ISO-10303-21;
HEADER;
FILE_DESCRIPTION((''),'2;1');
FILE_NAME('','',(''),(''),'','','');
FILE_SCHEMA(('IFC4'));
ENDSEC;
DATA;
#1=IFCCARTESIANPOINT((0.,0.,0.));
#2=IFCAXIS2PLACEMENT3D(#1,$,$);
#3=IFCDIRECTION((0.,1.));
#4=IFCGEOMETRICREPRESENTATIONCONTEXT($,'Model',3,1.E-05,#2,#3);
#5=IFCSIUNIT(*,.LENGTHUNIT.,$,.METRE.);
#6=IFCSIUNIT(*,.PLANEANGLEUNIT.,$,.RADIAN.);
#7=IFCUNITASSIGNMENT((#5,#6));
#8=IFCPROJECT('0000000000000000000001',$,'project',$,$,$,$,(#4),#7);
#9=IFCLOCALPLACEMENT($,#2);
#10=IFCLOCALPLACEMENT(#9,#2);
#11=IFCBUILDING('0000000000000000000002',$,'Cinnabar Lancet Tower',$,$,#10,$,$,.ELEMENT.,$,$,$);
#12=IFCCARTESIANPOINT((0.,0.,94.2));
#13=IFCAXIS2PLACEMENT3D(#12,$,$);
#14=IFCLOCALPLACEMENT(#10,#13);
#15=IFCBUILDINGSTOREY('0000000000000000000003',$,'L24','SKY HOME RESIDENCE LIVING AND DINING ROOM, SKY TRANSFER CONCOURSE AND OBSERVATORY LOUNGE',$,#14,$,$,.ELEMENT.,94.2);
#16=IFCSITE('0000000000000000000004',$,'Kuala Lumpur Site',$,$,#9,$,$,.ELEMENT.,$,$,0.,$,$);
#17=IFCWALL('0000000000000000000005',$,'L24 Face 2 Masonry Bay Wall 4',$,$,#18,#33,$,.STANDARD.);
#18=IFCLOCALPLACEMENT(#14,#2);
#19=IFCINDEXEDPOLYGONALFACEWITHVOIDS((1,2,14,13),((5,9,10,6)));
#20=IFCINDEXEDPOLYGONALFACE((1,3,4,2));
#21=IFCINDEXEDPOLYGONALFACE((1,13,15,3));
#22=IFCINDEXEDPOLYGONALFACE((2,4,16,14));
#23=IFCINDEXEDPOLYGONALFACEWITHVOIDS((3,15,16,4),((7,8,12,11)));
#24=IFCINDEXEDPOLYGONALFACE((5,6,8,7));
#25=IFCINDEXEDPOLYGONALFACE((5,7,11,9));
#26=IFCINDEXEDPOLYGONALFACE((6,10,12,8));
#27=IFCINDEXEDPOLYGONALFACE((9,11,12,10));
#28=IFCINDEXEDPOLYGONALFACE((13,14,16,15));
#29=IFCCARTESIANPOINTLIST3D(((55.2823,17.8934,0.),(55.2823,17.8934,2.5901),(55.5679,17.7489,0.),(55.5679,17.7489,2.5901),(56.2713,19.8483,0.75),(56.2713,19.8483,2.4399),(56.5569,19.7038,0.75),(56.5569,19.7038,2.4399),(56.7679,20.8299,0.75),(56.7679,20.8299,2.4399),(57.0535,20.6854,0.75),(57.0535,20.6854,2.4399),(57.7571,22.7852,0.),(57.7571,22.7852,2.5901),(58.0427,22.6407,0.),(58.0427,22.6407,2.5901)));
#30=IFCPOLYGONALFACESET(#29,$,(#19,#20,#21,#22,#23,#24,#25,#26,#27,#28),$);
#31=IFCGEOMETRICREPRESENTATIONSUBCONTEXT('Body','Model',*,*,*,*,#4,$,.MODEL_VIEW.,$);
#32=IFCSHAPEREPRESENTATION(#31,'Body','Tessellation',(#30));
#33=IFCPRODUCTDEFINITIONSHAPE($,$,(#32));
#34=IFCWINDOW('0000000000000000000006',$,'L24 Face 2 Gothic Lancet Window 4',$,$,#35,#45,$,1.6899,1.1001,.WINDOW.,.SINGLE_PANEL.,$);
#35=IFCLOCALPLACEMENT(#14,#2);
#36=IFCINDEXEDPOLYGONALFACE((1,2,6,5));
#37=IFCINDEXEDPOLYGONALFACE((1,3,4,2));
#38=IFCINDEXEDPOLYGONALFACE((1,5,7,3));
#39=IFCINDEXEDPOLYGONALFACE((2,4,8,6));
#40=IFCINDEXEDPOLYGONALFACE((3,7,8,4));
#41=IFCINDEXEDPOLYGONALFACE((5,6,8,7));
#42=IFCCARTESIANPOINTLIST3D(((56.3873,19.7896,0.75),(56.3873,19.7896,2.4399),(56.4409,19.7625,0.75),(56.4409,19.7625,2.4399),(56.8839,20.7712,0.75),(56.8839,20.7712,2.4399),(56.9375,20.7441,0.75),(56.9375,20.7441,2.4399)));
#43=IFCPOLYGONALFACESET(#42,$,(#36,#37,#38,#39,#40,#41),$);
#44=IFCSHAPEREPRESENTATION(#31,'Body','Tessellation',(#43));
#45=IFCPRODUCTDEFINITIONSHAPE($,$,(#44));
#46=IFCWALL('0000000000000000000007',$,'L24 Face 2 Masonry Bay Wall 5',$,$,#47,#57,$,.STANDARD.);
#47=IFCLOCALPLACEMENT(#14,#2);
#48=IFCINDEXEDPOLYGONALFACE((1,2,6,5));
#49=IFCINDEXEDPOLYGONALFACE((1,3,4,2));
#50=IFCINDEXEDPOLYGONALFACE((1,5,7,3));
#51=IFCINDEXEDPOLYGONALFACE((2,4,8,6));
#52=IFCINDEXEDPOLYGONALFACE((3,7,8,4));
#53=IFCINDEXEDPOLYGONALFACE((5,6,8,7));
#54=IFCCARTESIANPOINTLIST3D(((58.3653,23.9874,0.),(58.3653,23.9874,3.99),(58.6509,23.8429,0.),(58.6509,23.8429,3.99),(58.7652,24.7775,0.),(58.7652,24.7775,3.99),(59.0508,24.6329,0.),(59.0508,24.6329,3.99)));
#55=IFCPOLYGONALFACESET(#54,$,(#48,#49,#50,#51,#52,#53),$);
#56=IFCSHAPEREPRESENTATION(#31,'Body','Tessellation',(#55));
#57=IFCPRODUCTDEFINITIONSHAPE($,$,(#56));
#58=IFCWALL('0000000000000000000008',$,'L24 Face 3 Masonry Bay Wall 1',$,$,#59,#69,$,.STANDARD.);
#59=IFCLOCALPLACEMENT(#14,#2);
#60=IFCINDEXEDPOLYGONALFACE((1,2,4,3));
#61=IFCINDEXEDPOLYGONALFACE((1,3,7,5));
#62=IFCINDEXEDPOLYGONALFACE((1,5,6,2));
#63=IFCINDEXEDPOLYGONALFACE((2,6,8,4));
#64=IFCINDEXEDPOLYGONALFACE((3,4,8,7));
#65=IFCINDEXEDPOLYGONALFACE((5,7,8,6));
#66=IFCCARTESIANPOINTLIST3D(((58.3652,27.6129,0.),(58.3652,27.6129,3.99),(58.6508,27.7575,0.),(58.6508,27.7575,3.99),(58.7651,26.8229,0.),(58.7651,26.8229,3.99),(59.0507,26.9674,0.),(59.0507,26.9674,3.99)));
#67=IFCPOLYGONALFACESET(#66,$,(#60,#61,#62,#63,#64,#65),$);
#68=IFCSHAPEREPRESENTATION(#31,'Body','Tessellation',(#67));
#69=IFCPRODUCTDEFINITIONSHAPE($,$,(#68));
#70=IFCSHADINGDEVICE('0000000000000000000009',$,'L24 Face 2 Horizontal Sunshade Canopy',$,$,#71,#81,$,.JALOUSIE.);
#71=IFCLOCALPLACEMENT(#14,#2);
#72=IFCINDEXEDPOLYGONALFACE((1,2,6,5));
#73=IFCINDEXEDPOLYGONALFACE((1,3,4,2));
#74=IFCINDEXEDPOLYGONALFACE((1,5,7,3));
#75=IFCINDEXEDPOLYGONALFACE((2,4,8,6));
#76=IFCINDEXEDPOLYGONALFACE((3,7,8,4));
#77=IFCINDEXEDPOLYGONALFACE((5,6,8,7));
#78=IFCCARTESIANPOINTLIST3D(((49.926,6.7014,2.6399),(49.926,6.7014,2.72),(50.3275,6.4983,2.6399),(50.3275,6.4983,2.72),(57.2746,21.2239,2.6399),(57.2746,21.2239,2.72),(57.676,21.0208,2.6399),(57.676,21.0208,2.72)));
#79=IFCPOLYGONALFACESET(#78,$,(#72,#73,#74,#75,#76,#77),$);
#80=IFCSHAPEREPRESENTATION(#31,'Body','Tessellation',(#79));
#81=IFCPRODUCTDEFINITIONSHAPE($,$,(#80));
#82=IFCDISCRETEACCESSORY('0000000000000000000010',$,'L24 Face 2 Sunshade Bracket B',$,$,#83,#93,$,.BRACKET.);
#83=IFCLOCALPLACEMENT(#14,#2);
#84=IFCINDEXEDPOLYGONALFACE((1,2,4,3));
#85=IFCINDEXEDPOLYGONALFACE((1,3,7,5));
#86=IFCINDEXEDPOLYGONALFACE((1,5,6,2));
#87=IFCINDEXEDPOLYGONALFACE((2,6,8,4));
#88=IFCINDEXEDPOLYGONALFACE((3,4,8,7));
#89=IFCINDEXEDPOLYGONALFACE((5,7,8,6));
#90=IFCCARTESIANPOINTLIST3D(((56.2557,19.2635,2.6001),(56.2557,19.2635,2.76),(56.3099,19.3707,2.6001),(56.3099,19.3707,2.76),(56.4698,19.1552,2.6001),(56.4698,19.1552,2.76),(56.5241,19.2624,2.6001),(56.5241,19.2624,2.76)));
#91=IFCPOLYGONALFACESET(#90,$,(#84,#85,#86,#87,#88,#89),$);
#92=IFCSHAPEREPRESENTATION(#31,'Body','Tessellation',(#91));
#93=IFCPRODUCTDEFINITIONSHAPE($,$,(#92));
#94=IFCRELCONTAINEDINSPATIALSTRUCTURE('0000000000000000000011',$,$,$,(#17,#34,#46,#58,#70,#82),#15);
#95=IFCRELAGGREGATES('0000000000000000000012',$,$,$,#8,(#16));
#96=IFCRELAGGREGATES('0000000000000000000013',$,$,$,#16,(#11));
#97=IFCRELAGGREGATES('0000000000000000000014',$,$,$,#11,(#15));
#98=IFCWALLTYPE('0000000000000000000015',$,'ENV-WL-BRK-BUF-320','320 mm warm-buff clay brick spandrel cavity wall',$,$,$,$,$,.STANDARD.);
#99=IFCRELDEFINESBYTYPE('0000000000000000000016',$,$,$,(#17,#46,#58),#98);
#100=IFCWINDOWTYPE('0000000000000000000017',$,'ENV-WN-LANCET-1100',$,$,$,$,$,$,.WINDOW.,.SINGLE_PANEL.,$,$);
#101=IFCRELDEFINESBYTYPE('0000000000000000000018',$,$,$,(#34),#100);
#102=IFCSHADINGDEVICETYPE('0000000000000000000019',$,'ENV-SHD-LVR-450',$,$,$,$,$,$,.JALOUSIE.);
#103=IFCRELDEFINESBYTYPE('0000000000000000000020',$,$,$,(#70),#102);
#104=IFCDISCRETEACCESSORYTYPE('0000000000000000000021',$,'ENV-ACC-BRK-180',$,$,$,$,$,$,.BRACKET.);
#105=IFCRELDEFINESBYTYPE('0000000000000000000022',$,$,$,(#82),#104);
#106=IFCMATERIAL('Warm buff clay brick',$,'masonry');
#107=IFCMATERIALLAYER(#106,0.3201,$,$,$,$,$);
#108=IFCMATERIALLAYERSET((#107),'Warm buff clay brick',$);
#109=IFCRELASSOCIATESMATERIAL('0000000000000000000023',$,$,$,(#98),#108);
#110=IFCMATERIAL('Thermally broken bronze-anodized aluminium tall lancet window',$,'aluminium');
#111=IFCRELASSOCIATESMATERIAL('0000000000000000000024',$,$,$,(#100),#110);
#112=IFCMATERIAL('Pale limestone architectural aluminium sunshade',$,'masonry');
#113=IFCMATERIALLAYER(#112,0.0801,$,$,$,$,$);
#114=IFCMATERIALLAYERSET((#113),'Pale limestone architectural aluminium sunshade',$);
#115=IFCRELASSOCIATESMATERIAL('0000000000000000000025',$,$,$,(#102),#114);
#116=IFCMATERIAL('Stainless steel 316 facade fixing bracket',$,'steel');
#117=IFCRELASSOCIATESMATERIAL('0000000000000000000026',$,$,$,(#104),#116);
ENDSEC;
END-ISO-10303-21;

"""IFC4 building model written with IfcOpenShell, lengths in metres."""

from ifc_helpers import new_model, si_unit, direction, frame, frame_2d, origin, origin_2d, place, context, subcontext, project, spatial, rectangle, extrude, material, layer, layer_set, type_object, element, fill, save


model = new_model("IFC4")

# Units and contexts
model_context = context("Model", 3, precision=1e-05, world=origin(), true_north=direction((0.0, 1.0)))
body_context = subcontext(model_context, "Body", "Model", "MODEL_VIEW")
ifc_project = project(units=[si_unit("LENGTHUNIT", "METRE"), si_unit("PLANEANGLEUNIT", "RADIAN")], contexts=[model_context])

# Site, building, storey
site_placement = place(None, origin())
site = spatial("IfcSite", under=ifc_project, at=site_placement, Name="Kuala Lumpur Site", CompositionType="ELEMENT", RefElevation=0.0)
building_placement = place(site_placement, origin())
building = spatial("IfcBuilding", under=site, at=building_placement, Name="Cinnabar Lancet Tower", CompositionType="ELEMENT")
storey_placement = place(building_placement, frame((0.0, 0.0, 94.2)))
storey = spatial("IfcBuildingStorey", under=building, at=storey_placement, Name="L24", Description="SKY HOME RESIDENCE LIVING AND DINING ROOM, SKY TRANSFER CONCOURSE AND OBSERVATORY LOUNGE", CompositionType="ELEMENT", Elevation=94.2)

# Shared definitions
ifc_material_1 = material(Name="Warm buff clay brick", Category="masonry")
ifc_layer_1 = layer(ifc_material_1, 0.3201)
ifc_layer_set_1 = layer_set([ifc_layer_1], Name="Warm buff clay brick")
wall_type_1 = type_object("IfcWallType", Name="ENV-WL-BRK-BUF-320", Description="320 mm warm-buff clay brick spandrel cavity wall", PredefinedType="STANDARD", material=ifc_layer_set_1)

# Wall, opening, window
wall_1_placement = place(storey_placement, frame((55.425, 17.821, 0.0), z_axis=(0.0, 0.0, 1.0), x_axis=(0.45143, 0.892306, 0.0)))
wall_1 = element("IfcWall", 1, at=wall_1_placement, inside=storey, type_object=wall_type_1, Name="L24 Face 2 Masonry Bay Wall 4", PredefinedType="STANDARD", context=body_context, shape_type="SweptSolid", body=[
    extrude(rectangle(XDim=5.4822, YDim=0.3201, at=frame_2d((2.7412, 0.0))), origin(), (0.0, 0.0, 1.0), 2.5901),
])
opening_1_placement = place(wall_1_placement, frame((2.1909, 0.0, 0.75)))
opening_1 = element("IfcOpeningElement", 2, at=opening_1_placement, cuts=wall_1, PredefinedType="OPENING", context=body_context, shape_type="SweptSolid", body=[
    extrude(rectangle(XDim=1.1001, YDim=1.6899, at=frame_2d((0.55, 0.845))), frame((0.0, 0.1699, 0.0), z_axis=(0.0, -1.0, 0.0), x_axis=(1.0, 0.0, 0.0)), (0.0, 0.0, 1.0), 0.3401),
])
ifc_material_2 = material(Name="Thermally broken bronze-anodized aluminium tall lancet window", Category="aluminium")
window_type = type_object("IfcWindowType", Name="ENV-WN-LANCET-1100", PartitioningType="SINGLE_PANEL", PredefinedType="WINDOW", material=ifc_material_2)
window_placement = place(opening_1_placement, origin())
window = element("IfcWindow", 3, at=window_placement, inside=storey, type_object=window_type, Name="L24 Face 2 Gothic Lancet Window 4", OverallHeight=1.6899, OverallWidth=1.1001, PartitioningType="SINGLE_PANEL", PredefinedType="WINDOW", context=body_context, shape_type="SweptSolid", body=[
    extrude(rectangle(XDim=1.1001, YDim=1.6899, at=frame_2d((0.55, 0.845))), frame((0.0, 0.03, 0.0), z_axis=(0.0, -1.0, 0.0), x_axis=(1.0, 0.0, 0.0)), (0.0, 0.0, 1.0), 0.0601),
])
fill(opening_1, window)

# Walls
for number, where, z_axis, x_axis, name in (
    (4, (58.5081, 23.915, 0.0), (0.0, 0.0, 1.0), (0.45162, 0.892211, 0.0), "L24 Face 2 Masonry Bay Wall 5"),
    (5, (58.908, 26.895, 0.0), (0.0, 0.0, 1.0), (-0.45162, 0.892211, 0.0), "L24 Face 3 Masonry Bay Wall 1"),
):
    element("IfcWall", number, at=place(storey_placement, frame(where, z_axis=z_axis, x_axis=x_axis)), inside=storey, type_object=wall_type_1, Name=name, PredefinedType="STANDARD", context=body_context, shape_type="SweptSolid", body=[
        extrude(rectangle(XDim=0.8855, YDim=0.3201, at=frame_2d((0.4429, 0.0))), origin(), (0.0, 0.0, 1.0), 3.99),
    ])

# Shading device
ifc_material_3 = material(Name="Pale limestone architectural aluminium sunshade", Category="masonry")
ifc_layer_2 = layer(ifc_material_3, 0.0801)
ifc_layer_set_2 = layer_set([ifc_layer_2], Name="Pale limestone architectural aluminium sunshade")
shading_device_type = type_object("IfcShadingDeviceType", Name="ENV-SHD-LVR-450", PredefinedType="JALOUSIE", material=ifc_layer_set_2)
shading_device_placement = place(storey_placement, frame((53.801, 13.8611, 2.6399), z_axis=(0.0, 0.0, 1.0), x_axis=(0.451501, 0.892271, 0.0)))
element("IfcShadingDevice", 6, at=shading_device_placement, inside=storey, type_object=shading_device_type, Name="L24 Face 2 Horizontal Sunshade Canopy", PredefinedType="JALOUSIE", context=body_context, shape_type="SweptSolid", body=[
    extrude(rectangle(XDim=16.2759, YDim=0.45, at=origin_2d()), origin(), (0.0, 0.0, 1.0), 0.0801),
])

# Discrete accessory
ifc_material_4 = material(Name="Stainless steel 316 facade fixing bracket", Category="steel")
discrete_accessory_type = type_object("IfcDiscreteAccessoryType", Name="ENV-ACC-BRK-180", PredefinedType="BRACKET", material=ifc_material_4)
discrete_accessory_placement = place(storey_placement, frame((56.3899, 19.2629, 2.6001), z_axis=(0.0, 0.0, 1.0), x_axis=(0.451501, 0.892271, 0.0)))
element("IfcDiscreteAccessory", 7, at=discrete_accessory_placement, inside=storey, type_object=discrete_accessory_type, Name="L24 Face 2 Sunshade Bracket B", PredefinedType="BRACKET", context=body_context, shape_type="SweptSolid", body=[
    extrude(rectangle(XDim=0.1201, YDim=0.24, at=origin_2d()), origin(), (0.0, 0.0, 1.0), 0.1599),
])

save(model, "model.ifc")
